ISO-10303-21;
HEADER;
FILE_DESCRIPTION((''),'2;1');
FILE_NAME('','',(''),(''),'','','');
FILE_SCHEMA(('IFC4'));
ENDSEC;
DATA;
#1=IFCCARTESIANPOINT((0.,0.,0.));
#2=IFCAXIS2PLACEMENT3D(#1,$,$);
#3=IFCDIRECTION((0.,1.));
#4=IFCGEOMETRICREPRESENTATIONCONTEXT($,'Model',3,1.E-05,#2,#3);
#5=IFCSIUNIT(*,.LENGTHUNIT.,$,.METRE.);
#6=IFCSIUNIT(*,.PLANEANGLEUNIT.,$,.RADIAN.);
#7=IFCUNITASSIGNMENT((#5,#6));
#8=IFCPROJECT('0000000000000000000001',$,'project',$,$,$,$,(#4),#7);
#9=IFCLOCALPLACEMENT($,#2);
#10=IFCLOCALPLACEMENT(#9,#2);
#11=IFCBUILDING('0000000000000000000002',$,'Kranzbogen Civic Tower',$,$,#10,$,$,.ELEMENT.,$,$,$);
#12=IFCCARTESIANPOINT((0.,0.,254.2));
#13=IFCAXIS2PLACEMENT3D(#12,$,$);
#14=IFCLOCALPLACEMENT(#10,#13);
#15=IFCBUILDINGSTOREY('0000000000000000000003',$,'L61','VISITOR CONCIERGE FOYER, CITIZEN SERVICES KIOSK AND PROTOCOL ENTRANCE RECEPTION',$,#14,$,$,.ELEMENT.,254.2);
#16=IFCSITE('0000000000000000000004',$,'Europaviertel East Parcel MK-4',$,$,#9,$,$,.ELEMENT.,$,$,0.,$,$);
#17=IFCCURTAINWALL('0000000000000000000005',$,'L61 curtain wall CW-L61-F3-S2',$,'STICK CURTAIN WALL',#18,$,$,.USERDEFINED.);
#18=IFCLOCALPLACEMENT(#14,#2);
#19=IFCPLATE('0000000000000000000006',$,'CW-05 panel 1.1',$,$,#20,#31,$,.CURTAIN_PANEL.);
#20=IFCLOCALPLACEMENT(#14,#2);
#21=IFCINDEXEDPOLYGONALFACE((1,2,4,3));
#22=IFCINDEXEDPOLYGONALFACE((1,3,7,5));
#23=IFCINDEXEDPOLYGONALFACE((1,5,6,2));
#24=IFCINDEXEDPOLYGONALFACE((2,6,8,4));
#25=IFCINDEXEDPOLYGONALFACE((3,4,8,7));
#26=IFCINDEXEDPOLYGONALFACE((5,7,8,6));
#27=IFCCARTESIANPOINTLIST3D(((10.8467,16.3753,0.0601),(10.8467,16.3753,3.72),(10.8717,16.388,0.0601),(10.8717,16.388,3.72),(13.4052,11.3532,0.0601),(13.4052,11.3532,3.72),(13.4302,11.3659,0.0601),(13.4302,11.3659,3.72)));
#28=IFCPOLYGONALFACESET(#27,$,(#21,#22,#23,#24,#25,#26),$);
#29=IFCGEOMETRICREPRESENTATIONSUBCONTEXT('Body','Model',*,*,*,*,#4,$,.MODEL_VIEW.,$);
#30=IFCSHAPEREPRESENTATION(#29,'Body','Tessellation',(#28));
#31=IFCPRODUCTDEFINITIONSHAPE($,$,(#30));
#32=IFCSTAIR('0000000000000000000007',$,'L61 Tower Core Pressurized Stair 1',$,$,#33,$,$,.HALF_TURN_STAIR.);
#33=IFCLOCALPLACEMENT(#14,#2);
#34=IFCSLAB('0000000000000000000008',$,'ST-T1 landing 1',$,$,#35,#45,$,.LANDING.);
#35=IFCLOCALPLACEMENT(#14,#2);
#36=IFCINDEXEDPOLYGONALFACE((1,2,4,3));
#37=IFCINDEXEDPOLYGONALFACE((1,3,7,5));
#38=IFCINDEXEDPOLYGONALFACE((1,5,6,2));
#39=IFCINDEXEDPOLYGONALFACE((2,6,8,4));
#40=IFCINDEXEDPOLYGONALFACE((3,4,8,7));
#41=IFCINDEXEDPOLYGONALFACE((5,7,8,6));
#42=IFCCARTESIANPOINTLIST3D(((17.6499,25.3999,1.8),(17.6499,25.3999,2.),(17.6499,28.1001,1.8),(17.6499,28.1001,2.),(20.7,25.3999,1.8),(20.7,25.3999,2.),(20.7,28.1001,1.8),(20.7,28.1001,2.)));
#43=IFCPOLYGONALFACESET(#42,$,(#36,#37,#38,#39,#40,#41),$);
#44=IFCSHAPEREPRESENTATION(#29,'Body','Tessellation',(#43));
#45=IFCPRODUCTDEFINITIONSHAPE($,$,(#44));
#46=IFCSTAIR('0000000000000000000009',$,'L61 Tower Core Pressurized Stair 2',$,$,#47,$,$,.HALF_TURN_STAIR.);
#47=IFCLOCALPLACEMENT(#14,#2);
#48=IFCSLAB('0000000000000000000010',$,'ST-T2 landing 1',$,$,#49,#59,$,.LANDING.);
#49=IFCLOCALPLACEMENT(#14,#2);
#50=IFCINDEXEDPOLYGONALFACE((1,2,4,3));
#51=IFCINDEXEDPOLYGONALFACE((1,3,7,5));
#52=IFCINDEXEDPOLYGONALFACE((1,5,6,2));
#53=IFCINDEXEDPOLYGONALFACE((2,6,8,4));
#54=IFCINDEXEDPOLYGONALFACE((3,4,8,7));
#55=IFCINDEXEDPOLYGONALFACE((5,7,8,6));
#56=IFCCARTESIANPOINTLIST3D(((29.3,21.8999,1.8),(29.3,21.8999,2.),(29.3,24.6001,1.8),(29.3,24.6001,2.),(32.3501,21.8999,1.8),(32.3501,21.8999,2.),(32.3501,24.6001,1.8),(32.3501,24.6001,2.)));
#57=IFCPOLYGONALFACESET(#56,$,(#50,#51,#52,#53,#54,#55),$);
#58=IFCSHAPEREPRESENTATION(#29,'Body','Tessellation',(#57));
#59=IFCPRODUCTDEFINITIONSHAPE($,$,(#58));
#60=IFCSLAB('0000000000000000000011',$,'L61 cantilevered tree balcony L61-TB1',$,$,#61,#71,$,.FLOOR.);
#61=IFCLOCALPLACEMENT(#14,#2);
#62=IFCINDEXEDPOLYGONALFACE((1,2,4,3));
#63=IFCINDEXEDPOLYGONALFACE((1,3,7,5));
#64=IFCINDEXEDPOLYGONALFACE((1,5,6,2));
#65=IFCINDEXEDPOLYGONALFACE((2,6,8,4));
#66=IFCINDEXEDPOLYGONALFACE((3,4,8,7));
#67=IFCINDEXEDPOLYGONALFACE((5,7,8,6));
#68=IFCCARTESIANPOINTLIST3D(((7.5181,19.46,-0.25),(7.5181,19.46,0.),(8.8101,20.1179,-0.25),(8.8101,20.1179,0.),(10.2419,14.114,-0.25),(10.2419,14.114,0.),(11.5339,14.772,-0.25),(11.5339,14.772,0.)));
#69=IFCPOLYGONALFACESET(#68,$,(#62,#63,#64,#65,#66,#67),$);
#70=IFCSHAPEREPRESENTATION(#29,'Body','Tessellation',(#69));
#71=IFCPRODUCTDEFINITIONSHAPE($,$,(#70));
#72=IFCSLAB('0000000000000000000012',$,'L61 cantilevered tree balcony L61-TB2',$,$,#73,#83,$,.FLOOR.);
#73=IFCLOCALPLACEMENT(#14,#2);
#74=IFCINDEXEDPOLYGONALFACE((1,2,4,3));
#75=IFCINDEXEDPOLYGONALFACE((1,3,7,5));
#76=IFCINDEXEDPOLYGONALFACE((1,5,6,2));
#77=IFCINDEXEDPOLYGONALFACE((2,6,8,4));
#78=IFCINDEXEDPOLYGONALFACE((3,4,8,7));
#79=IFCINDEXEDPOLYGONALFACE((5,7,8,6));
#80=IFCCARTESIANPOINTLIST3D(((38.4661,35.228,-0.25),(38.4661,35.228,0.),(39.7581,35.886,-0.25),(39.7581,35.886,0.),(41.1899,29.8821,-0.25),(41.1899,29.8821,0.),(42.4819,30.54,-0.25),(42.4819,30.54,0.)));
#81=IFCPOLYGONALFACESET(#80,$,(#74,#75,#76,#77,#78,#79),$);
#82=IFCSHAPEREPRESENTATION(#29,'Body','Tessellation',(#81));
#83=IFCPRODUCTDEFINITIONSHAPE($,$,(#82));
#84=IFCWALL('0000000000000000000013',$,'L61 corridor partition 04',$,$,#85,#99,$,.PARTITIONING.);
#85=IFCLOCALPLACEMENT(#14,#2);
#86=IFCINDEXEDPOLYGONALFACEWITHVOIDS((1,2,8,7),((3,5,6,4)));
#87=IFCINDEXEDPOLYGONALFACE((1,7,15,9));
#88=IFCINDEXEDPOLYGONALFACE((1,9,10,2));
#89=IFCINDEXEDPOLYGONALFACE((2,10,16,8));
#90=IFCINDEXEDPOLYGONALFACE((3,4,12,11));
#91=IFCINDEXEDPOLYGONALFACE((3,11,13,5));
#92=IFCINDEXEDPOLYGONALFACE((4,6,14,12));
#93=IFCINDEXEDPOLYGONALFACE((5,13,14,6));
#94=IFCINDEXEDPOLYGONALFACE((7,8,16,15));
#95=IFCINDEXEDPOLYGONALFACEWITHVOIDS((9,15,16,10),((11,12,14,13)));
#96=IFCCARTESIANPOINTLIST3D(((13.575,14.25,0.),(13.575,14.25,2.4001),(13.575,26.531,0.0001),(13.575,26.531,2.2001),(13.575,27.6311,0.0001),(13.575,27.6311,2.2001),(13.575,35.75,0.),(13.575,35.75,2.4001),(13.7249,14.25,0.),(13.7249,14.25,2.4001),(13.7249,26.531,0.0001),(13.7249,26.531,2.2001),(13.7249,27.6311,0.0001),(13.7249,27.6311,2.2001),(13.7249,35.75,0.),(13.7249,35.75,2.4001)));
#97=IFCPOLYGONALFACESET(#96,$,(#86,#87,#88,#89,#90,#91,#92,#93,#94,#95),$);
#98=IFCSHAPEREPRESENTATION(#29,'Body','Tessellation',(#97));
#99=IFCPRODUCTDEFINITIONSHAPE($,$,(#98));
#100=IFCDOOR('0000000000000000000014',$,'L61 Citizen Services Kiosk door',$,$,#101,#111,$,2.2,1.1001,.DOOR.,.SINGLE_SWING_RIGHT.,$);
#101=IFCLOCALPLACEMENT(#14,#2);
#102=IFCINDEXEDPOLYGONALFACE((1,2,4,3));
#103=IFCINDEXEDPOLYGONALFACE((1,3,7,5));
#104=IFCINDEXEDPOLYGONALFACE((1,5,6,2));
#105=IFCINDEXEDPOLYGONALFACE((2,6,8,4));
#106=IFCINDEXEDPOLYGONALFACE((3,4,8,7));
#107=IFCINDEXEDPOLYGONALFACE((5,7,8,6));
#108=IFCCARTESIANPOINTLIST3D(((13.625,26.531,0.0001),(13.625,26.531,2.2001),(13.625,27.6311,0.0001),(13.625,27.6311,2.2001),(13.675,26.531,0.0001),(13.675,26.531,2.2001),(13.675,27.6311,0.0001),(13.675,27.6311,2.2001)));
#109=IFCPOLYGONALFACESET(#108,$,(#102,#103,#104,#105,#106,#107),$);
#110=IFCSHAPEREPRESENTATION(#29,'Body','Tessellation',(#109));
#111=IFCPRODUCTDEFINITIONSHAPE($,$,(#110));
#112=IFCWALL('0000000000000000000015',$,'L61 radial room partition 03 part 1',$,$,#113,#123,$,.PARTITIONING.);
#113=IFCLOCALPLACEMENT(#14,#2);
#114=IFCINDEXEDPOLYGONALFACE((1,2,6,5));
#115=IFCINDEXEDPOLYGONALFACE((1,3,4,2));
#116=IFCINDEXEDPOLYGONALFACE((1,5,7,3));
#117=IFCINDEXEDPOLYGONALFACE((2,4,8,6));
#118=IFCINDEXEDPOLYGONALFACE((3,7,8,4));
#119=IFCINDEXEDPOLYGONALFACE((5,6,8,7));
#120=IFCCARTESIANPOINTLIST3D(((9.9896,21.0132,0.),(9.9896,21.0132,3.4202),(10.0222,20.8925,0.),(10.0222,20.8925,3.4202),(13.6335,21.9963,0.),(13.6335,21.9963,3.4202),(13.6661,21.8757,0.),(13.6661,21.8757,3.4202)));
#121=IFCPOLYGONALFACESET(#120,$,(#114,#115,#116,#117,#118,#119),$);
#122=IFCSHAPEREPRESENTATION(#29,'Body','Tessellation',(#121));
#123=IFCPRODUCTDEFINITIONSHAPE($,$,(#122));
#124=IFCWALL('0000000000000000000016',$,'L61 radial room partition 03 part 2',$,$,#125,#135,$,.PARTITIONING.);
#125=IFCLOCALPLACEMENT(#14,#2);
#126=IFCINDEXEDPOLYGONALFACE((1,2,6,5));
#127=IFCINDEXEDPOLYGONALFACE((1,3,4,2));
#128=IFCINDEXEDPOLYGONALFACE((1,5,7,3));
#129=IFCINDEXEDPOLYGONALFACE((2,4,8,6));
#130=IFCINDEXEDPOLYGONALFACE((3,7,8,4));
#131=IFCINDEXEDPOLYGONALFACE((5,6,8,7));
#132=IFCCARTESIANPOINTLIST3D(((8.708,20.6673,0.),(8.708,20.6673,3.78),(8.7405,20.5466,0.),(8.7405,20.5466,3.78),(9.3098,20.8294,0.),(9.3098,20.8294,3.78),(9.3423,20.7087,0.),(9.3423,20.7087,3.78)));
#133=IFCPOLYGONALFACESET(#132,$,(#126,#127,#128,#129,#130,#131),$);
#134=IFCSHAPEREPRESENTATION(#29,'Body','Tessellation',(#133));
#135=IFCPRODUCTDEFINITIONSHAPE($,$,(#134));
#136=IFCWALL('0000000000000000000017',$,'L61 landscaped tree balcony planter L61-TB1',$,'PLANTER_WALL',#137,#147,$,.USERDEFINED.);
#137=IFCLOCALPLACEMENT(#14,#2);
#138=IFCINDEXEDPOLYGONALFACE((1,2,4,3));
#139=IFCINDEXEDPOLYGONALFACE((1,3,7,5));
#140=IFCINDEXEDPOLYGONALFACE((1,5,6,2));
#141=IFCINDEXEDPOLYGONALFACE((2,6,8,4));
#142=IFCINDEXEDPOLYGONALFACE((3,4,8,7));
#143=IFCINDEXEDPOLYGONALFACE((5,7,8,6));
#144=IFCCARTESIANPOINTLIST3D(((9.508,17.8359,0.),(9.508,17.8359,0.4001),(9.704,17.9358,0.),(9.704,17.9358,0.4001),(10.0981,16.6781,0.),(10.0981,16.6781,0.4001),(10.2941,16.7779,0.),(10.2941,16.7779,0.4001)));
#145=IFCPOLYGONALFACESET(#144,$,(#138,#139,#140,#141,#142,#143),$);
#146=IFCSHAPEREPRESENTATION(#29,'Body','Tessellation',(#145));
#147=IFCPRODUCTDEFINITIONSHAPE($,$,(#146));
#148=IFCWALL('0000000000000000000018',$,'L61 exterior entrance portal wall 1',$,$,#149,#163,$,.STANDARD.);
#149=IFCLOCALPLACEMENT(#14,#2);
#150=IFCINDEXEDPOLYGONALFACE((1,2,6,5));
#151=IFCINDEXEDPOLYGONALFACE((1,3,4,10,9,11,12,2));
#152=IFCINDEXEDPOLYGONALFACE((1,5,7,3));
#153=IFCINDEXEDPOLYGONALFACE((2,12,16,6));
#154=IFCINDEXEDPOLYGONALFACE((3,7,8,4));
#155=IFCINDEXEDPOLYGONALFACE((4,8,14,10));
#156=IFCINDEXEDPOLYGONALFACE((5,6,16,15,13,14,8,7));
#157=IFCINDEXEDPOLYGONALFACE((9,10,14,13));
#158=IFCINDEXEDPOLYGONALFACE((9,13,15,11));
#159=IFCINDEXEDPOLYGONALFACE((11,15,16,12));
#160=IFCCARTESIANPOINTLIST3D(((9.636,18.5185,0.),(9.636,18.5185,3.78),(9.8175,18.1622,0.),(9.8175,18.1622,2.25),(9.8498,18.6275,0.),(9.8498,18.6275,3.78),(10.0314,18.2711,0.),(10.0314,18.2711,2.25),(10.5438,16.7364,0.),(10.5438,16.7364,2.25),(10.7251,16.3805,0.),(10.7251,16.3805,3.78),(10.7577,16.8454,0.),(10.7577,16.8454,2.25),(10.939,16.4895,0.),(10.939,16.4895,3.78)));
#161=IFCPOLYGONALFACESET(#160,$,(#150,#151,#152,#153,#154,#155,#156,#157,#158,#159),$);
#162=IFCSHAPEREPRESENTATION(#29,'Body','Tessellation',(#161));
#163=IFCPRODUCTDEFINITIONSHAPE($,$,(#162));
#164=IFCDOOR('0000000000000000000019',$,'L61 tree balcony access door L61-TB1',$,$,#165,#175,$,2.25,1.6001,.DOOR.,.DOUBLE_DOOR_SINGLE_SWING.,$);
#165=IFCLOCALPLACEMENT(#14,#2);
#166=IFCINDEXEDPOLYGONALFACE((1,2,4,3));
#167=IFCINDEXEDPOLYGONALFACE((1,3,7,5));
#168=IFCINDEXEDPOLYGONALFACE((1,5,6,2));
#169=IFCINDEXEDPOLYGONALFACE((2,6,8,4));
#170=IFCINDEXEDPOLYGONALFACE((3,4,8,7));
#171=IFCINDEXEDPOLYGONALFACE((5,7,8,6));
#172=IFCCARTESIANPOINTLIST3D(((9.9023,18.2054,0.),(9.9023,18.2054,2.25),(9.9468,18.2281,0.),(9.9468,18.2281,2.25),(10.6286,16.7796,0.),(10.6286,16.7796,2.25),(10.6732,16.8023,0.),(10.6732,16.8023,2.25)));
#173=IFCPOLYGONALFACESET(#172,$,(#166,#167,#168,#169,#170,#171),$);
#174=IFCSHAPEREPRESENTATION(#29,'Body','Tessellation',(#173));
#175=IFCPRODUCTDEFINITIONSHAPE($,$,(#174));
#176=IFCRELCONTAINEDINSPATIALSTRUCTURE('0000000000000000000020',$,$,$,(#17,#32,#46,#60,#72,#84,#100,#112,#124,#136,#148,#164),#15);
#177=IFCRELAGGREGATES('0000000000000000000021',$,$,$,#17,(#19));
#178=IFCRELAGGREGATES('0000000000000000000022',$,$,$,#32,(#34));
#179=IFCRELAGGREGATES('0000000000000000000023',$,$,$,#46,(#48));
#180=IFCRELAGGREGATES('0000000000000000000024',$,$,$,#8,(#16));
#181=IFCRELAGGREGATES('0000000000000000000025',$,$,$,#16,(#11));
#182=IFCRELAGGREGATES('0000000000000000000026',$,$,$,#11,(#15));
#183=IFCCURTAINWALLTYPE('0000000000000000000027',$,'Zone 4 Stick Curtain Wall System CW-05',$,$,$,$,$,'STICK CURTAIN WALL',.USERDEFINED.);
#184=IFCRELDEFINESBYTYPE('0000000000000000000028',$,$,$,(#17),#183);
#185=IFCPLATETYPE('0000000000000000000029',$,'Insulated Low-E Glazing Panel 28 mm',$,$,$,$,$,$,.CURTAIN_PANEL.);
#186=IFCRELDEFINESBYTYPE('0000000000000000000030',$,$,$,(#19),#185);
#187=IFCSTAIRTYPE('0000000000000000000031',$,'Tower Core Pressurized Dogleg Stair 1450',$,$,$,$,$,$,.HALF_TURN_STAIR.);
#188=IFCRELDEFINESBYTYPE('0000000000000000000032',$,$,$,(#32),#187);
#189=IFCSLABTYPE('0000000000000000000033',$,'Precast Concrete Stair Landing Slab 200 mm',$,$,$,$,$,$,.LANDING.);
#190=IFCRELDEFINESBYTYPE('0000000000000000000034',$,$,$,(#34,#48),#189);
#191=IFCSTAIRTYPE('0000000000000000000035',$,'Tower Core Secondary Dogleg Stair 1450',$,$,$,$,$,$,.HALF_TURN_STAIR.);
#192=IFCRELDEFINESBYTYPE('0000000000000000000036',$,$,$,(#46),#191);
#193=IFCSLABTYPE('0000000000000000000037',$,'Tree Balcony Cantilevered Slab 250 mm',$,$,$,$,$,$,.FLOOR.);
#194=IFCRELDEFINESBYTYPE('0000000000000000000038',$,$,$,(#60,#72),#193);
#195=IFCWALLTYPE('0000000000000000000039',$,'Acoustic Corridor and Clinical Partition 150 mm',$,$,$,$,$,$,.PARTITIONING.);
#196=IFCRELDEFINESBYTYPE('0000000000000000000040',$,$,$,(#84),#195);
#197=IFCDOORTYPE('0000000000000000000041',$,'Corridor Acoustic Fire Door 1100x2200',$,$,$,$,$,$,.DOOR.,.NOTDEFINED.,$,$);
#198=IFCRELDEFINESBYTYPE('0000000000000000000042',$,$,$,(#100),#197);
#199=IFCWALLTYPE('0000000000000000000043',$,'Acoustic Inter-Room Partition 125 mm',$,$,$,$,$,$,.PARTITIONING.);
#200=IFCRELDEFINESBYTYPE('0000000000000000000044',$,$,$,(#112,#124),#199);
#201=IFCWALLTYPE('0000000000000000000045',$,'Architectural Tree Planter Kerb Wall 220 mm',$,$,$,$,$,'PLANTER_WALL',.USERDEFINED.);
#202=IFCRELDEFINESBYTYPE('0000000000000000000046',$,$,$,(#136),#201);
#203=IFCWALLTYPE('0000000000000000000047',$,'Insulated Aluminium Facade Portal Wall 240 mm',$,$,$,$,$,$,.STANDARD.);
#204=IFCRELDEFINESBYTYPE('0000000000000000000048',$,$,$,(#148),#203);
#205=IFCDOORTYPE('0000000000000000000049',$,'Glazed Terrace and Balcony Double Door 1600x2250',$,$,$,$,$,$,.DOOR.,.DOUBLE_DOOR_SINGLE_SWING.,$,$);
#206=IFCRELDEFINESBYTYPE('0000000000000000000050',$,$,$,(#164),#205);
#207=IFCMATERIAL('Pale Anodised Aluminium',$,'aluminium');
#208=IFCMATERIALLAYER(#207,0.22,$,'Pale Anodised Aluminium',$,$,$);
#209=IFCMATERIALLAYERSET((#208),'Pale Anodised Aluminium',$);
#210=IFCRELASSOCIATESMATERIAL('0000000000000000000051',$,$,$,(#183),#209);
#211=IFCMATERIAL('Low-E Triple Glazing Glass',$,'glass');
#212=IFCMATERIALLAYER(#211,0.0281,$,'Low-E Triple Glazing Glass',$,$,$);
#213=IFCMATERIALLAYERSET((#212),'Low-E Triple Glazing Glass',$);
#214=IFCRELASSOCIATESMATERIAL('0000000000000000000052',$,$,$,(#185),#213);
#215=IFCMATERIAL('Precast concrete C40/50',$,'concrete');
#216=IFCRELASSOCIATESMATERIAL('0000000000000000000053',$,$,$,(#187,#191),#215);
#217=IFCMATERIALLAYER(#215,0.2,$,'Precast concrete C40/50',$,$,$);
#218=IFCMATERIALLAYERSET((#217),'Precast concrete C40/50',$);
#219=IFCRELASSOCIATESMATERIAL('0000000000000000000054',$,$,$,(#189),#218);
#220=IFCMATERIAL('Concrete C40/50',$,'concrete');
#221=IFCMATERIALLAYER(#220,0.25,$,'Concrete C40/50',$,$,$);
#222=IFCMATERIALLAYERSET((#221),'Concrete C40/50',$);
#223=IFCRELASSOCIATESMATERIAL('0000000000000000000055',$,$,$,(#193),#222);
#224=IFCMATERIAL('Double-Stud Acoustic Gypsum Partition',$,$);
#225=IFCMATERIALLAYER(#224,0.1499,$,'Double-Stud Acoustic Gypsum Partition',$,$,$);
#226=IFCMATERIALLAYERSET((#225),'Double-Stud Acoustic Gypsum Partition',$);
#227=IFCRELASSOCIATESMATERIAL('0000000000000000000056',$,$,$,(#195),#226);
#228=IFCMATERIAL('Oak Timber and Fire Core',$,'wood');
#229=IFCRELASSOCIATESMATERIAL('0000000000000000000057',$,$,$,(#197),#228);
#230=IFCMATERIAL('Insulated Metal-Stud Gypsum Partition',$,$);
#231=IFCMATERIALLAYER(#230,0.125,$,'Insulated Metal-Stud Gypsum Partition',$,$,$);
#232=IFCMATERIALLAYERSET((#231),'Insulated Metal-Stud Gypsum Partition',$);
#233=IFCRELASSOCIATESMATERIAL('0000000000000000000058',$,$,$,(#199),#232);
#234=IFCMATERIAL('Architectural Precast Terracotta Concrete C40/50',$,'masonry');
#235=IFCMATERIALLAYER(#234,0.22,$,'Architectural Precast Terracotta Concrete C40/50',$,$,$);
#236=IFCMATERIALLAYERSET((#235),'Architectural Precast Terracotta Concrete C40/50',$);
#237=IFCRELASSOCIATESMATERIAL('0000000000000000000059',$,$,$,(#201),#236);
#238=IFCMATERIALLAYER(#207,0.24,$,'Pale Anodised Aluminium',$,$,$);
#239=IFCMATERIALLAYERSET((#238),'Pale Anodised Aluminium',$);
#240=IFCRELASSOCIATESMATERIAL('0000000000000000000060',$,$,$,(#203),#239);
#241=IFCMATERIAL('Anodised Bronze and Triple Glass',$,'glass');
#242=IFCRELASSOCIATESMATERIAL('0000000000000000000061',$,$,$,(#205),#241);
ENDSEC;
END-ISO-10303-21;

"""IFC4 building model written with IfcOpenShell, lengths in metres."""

from ifc_helpers import new_model, si_unit, direction, frame, frame_2d, origin, origin_2d, place, context, subcontext, project, spatial, polyline, rectangle, outline, extrude, material, layer, layer_set, type_object, element, fill, aggregate, save


model = new_model("IFC4")

# Units and contexts
model_context = context("Model", 3, precision=1e-05, world=origin(), true_north=direction((0.0, 1.0)))
body_context = subcontext(model_context, "Body", "Model", "MODEL_VIEW")
ifc_project = project(units=[si_unit("LENGTHUNIT", "METRE"), si_unit("PLANEANGLEUNIT", "RADIAN")], contexts=[model_context])

# Site, building, storey
site_placement = place(None, origin())
site = spatial("IfcSite", under=ifc_project, at=site_placement, Name="Europaviertel East Parcel MK-4", CompositionType="ELEMENT", RefElevation=0.0)
building_placement = place(site_placement, origin())
building = spatial("IfcBuilding", under=site, at=building_placement, Name="Kranzbogen Civic Tower", CompositionType="ELEMENT")
storey_placement = place(building_placement, frame((0.0, 0.0, 254.2)))
storey = spatial("IfcBuildingStorey", under=building, at=storey_placement, Name="L61", Description="VISITOR CONCIERGE FOYER, CITIZEN SERVICES KIOSK AND PROTOCOL ENTRANCE RECEPTION", CompositionType="ELEMENT", Elevation=254.2)

# Shared definitions
ifc_material_1 = material(Name="Pale Anodised Aluminium", Category="aluminium")
ifc_layer_1 = layer(ifc_material_1, 0.22, Name="Pale Anodised Aluminium")
ifc_layer_set_1 = layer_set([ifc_layer_1], Name="Pale Anodised Aluminium")
curtain_wall_type = type_object("IfcCurtainWallType", Name="Zone 4 Stick Curtain Wall System CW-05", ElementType="STICK CURTAIN WALL", PredefinedType="USERDEFINED", material=ifc_layer_set_1)

# Curtain wall
curtain_wall_1_placement = place(storey_placement, origin())
curtain_wall_1 = element("IfcCurtainWall", 1, at=curtain_wall_1_placement, inside=storey, type_object=curtain_wall_type, Name="L61 curtain wall CW-L61-F3-S2", ObjectType="STICK CURTAIN WALL", PredefinedType="USERDEFINED")

# Shared definitions
ifc_material_2 = material(Name="Concrete C40/50", Category="concrete")

# Plate
ifc_material_3 = material(Name="Low-E Triple Glazing Glass", Category="glass")
ifc_layer_2 = layer(ifc_material_3, 0.0281, Name="Low-E Triple Glazing Glass")
ifc_layer_set_2 = layer_set([ifc_layer_2], Name="Low-E Triple Glazing Glass")
plate_type = type_object("IfcPlateType", Name="Insulated Low-E Glazing Panel 28 mm", PredefinedType="CURTAIN_PANEL", material=ifc_layer_set_2)
plate_1_placement = place(storey_placement, frame((12.1384, 13.8706, 0.0601), z_axis=(0.0, 0.0, 1.0), x_axis=(0.453941, -0.891032, 0.0)))
plate_1 = element("IfcPlate", 2, at=plate_1_placement, type_object=plate_type, Name="CW-05 panel 1.1", PredefinedType="CURTAIN_PANEL", context=body_context, shape_type="SweptSolid", body=[
    extrude(rectangle(XDim=5.6362, YDim=0.0281, at=origin_2d()), origin(), (0.0, 0.0, 1.0), 3.6599),
])
aggregate(curtain_wall_1, [plate_1])

# Stairs, slabs
ifc_material_4 = material(Name="Precast concrete C40/50", Category="concrete")
stair_type_1 = type_object("IfcStairType", Name="Tower Core Pressurized Dogleg Stair 1450", PredefinedType="HALF_TURN_STAIR", material=ifc_material_4)
stair_1_placement = place(storey_placement, origin())
stair_1 = element("IfcStair", 3, at=stair_1_placement, inside=storey, type_object=stair_type_1, Name="L61 Tower Core Pressurized Stair 1", PredefinedType="HALF_TURN_STAIR")
ifc_layer_3 = layer(ifc_material_4, 0.2, Name="Precast concrete C40/50")
ifc_layer_set_3 = layer_set([ifc_layer_3], Name="Precast concrete C40/50")
slab_type_1 = type_object("IfcSlabType", Name="Precast Concrete Stair Landing Slab 200 mm", PredefinedType="LANDING", material=ifc_layer_set_3)
slab_1_placement = place(storey_placement, frame((0.0, 0.0, 1.8)))
slab_1 = element("IfcSlab", 4, at=slab_1_placement, type_object=slab_type_1, Name="ST-T1 landing 1", PredefinedType="LANDING", context=body_context, shape_type="SweptSolid", body=[
    extrude(outline(polyline([(20.7, 25.3999), (20.7, 28.1001), (17.6499, 28.1001), (17.6499, 25.3999), (20.7, 25.3999)])), origin(), (0.0, 0.0, 1.0), 0.2),
])
aggregate(stair_1, [slab_1])
stair_type_2 = type_object("IfcStairType", Name="Tower Core Secondary Dogleg Stair 1450", PredefinedType="HALF_TURN_STAIR", material=ifc_material_4)
stair_2_placement = place(storey_placement, origin())
stair_2 = element("IfcStair", 5, at=stair_2_placement, inside=storey, type_object=stair_type_2, Name="L61 Tower Core Pressurized Stair 2", PredefinedType="HALF_TURN_STAIR")
slab_2_placement = place(storey_placement, frame((0.0, 0.0, 1.8)))
slab_2 = element("IfcSlab", 6, at=slab_2_placement, type_object=slab_type_1, Name="ST-T2 landing 1", PredefinedType="LANDING", context=body_context, shape_type="SweptSolid", body=[
    extrude(outline(polyline([(29.3, 24.6001), (29.3, 21.8999), (32.3501, 21.8999), (32.3501, 24.6001), (29.3, 24.6001)])), origin(), (0.0, 0.0, 1.0), 0.2),
])
aggregate(stair_2, [slab_2])

# Slabs
ifc_layer_4 = layer(ifc_material_2, 0.25, Name="Concrete C40/50")
ifc_layer_set_4 = layer_set([ifc_layer_4], Name="Concrete C40/50")
slab_type_2 = type_object("IfcSlabType", Name="Tree Balcony Cantilevered Slab 250 mm", PredefinedType="FLOOR", material=ifc_layer_set_4)
slab_3_placement = place(storey_placement, frame((0.0, 0.0, -0.25)))
element("IfcSlab", 7, at=slab_3_placement, inside=storey, type_object=slab_type_2, Name="L61 cantilevered tree balcony L61-TB1", PredefinedType="FLOOR", context=body_context, shape_type="SweptSolid", body=[
    extrude(outline(polyline([(8.8101, 20.1179), (11.5339, 14.772), (10.2419, 14.114), (7.5181, 19.46), (8.8101, 20.1179)])), origin(), (0.0, 0.0, 1.0), 0.25),
])
slab_4_placement = place(storey_placement, frame((0.0, 0.0, -0.25)))
element("IfcSlab", 8, at=slab_4_placement, inside=storey, type_object=slab_type_2, Name="L61 cantilevered tree balcony L61-TB2", PredefinedType="FLOOR", context=body_context, shape_type="SweptSolid", body=[
    extrude(outline(polyline([(41.1899, 29.8821), (38.4661, 35.228), (39.7581, 35.886), (42.4819, 30.54), (41.1899, 29.8821)])), origin(), (0.0, 0.0, 1.0), 0.25),
])

# Wall, opening, door
ifc_material_5 = material(Name="Double-Stud Acoustic Gypsum Partition")
ifc_layer_5 = layer(ifc_material_5, 0.1499, Name="Double-Stud Acoustic Gypsum Partition")
ifc_layer_set_5 = layer_set([ifc_layer_5], Name="Double-Stud Acoustic Gypsum Partition")
wall_type_1 = type_object("IfcWallType", Name="Acoustic Corridor and Clinical Partition 150 mm", PredefinedType="PARTITIONING", material=ifc_layer_set_5)
wall_1_placement = place(storey_placement, frame((13.6499, 14.25, 0.0), z_axis=(0.0, 0.0, 1.0), x_axis=(0.0, 1.0, 0.0)))
wall_1 = element("IfcWall", 9, at=wall_1_placement, inside=storey, type_object=wall_type_1, Name="L61 corridor partition 04", PredefinedType="PARTITIONING", context=body_context, shape_type="SweptSolid", body=[
    extrude(rectangle(XDim=21.5, YDim=0.1499, at=frame_2d((10.75, 0.0))), origin(), (0.0, 0.0, 1.0), 2.4001),
])
opening_1_placement = place(wall_1_placement, frame((12.281, 0.0, 0.0)))
opening_1 = element("IfcOpeningElement", 10, at=opening_1_placement, cuts=wall_1, PredefinedType="OPENING", context=body_context, shape_type="SweptSolid", body=[
    extrude(rectangle(XDim=1.1001, YDim=2.2, at=frame_2d((0.55, 1.1001))), frame((0.0, 0.085, 0.0), z_axis=(0.0, -1.0, 0.0), x_axis=(1.0, 0.0, 0.0)), (0.0, 0.0, 1.0), 0.1699),
])
ifc_material_6 = material(Name="Oak Timber and Fire Core", Category="wood")
door_type_1 = type_object("IfcDoorType", Name="Corridor Acoustic Fire Door 1100x2200", OperationType="NOTDEFINED", PredefinedType="DOOR", material=ifc_material_6)
door_1_placement = place(opening_1_placement, origin())
door_1 = element("IfcDoor", 11, at=door_1_placement, inside=storey, type_object=door_type_1, Name="L61 Citizen Services Kiosk door", OperationType="SINGLE_SWING_RIGHT", OverallHeight=2.2, OverallWidth=1.1001, PredefinedType="DOOR", context=body_context, shape_type="SweptSolid", body=[
    extrude(rectangle(XDim=1.1001, YDim=2.2, at=frame_2d((0.55, 1.1001))), frame((0.0, 0.0249, 0.0), z_axis=(0.0, -1.0, 0.0), x_axis=(1.0, 0.0, 0.0)), (0.0, 0.0, 1.0), 0.05),
])
fill(opening_1, door_1)

# Walls
ifc_material_7 = material(Name="Insulated Metal-Stud Gypsum Partition")
ifc_layer_6 = layer(ifc_material_7, 0.125, Name="Insulated Metal-Stud Gypsum Partition")
ifc_layer_set_6 = layer_set([ifc_layer_6], Name="Insulated Metal-Stud Gypsum Partition")
wall_type_2 = type_object("IfcWallType", Name="Acoustic Inter-Room Partition 125 mm", PredefinedType="PARTITIONING", material=ifc_layer_set_6)
wall_2_placement = place(storey_placement, frame((13.6499, 21.936, 0.0), z_axis=(0.0, 0.0, 1.0), x_axis=(-0.965474, -0.2605, 0.0)))
element("IfcWall", 12, at=wall_2_placement, inside=storey, type_object=wall_type_2, Name="L61 radial room partition 03 part 1", PredefinedType="PARTITIONING", context=body_context, shape_type="SweptSolid", body=[
    extrude(rectangle(XDim=3.7742, YDim=0.125, at=frame_2d((1.8872, 0.0))), origin(), (0.0, 0.0, 1.0), 3.4202),
])
wall_3_placement = place(storey_placement, frame((9.3259, 20.769, 0.0), z_axis=(0.0, 0.0, 1.0), x_axis=(-0.965582, -0.2601, 0.0)))
element("IfcWall", 13, at=wall_3_placement, inside=storey, type_object=wall_type_2, Name="L61 radial room partition 03 part 2", PredefinedType="PARTITIONING", context=body_context, shape_type="SweptSolid", body=[
    extrude(rectangle(XDim=0.6233, YDim=0.125, at=frame_2d((0.3115, 0.0))), origin(), (0.0, 0.0, 1.0), 3.78),
])
ifc_material_8 = material(Name="Architectural Precast Terracotta Concrete C40/50", Category="masonry")
ifc_layer_7 = layer(ifc_material_8, 0.22, Name="Architectural Precast Terracotta Concrete C40/50")
ifc_layer_set_7 = layer_set([ifc_layer_7], Name="Architectural Precast Terracotta Concrete C40/50")
wall_type_3 = type_object("IfcWallType", Name="Architectural Tree Planter Kerb Wall 220 mm", ElementType="PLANTER_WALL", PredefinedType="USERDEFINED", material=ifc_layer_set_7)
wall_4_placement = place(storey_placement, frame((9.606, 17.886, 0.0), z_axis=(0.0, 0.0, 1.0), x_axis=(0.454038, -0.890982, 0.0)))
element("IfcWall", 14, at=wall_4_placement, inside=storey, type_object=wall_type_3, Name="L61 landscaped tree balcony planter L61-TB1", ObjectType="PLANTER_WALL", PredefinedType="USERDEFINED", context=body_context, shape_type="SweptSolid", body=[
    extrude(rectangle(XDim=1.2996, YDim=0.22, at=frame_2d((0.6499, 0.0))), origin(), (0.0, 0.0, 1.0), 0.4001),
])

# Wall, opening, door
ifc_layer_8 = layer(ifc_material_1, 0.24, Name="Pale Anodised Aluminium")
ifc_layer_set_8 = layer_set([ifc_layer_8], Name="Pale Anodised Aluminium")
wall_type_4 = type_object("IfcWallType", Name="Insulated Aluminium Facade Portal Wall 240 mm", PredefinedType="STANDARD", material=ifc_layer_set_8)
wall_5_placement = place(storey_placement, frame((9.7429, 18.573, 0.0), z_axis=(0.0, 0.0, 1.0), x_axis=(0.453917, -0.891044, 0.0)))
wall_5 = element("IfcWall", 15, at=wall_5_placement, inside=storey, type_object=wall_type_4, Name="L61 exterior entrance portal wall 1", PredefinedType="STANDARD", context=body_context, shape_type="SweptSolid", body=[
    extrude(rectangle(XDim=2.3994, YDim=0.24, at=frame_2d((1.1997, 0.0))), origin(), (0.0, 0.0, 1.0), 3.78),
])
opening_2_placement = place(wall_5_placement, frame((0.3999, 0.0, 0.0)))
opening_2 = element("IfcOpeningElement", 16, at=opening_2_placement, cuts=wall_5, PredefinedType="OPENING", context=body_context, shape_type="SweptSolid", body=[
    extrude(rectangle(XDim=1.6001, YDim=2.25, at=frame_2d((0.8, 1.125))), frame((0.0, 0.1299, 0.0), z_axis=(0.0, -1.0, 0.0), x_axis=(1.0, 0.0, 0.0)), (0.0, 0.0, 1.0), 0.26),
])
ifc_material_9 = material(Name="Anodised Bronze and Triple Glass", Category="glass")
door_type_2 = type_object("IfcDoorType", Name="Glazed Terrace and Balcony Double Door 1600x2250", OperationType="DOUBLE_DOOR_SINGLE_SWING", PredefinedType="DOOR", material=ifc_material_9)
door_2_placement = place(opening_2_placement, frame((1.6001, 0.0, 0.0), z_axis=(0.0, 0.0, 1.0), x_axis=(-1.0, 0.0, 0.0)))
door_2 = element("IfcDoor", 17, at=door_2_placement, inside=storey, type_object=door_type_2, Name="L61 tree balcony access door L61-TB1", OperationType="DOUBLE_DOOR_SINGLE_SWING", OverallHeight=2.25, OverallWidth=1.6001, PredefinedType="DOOR", context=body_context, shape_type="SweptSolid", body=[
    extrude(rectangle(XDim=1.6001, YDim=2.25, at=frame_2d((0.8, 1.125))), frame((0.0, 0.0249, 0.0), z_axis=(0.0, -1.0, 0.0), x_axis=(1.0, 0.0, 0.0)), (0.0, 0.0, 1.0), 0.05),
])
fill(opening_2, door_2)

save(model, "model.ifc")
